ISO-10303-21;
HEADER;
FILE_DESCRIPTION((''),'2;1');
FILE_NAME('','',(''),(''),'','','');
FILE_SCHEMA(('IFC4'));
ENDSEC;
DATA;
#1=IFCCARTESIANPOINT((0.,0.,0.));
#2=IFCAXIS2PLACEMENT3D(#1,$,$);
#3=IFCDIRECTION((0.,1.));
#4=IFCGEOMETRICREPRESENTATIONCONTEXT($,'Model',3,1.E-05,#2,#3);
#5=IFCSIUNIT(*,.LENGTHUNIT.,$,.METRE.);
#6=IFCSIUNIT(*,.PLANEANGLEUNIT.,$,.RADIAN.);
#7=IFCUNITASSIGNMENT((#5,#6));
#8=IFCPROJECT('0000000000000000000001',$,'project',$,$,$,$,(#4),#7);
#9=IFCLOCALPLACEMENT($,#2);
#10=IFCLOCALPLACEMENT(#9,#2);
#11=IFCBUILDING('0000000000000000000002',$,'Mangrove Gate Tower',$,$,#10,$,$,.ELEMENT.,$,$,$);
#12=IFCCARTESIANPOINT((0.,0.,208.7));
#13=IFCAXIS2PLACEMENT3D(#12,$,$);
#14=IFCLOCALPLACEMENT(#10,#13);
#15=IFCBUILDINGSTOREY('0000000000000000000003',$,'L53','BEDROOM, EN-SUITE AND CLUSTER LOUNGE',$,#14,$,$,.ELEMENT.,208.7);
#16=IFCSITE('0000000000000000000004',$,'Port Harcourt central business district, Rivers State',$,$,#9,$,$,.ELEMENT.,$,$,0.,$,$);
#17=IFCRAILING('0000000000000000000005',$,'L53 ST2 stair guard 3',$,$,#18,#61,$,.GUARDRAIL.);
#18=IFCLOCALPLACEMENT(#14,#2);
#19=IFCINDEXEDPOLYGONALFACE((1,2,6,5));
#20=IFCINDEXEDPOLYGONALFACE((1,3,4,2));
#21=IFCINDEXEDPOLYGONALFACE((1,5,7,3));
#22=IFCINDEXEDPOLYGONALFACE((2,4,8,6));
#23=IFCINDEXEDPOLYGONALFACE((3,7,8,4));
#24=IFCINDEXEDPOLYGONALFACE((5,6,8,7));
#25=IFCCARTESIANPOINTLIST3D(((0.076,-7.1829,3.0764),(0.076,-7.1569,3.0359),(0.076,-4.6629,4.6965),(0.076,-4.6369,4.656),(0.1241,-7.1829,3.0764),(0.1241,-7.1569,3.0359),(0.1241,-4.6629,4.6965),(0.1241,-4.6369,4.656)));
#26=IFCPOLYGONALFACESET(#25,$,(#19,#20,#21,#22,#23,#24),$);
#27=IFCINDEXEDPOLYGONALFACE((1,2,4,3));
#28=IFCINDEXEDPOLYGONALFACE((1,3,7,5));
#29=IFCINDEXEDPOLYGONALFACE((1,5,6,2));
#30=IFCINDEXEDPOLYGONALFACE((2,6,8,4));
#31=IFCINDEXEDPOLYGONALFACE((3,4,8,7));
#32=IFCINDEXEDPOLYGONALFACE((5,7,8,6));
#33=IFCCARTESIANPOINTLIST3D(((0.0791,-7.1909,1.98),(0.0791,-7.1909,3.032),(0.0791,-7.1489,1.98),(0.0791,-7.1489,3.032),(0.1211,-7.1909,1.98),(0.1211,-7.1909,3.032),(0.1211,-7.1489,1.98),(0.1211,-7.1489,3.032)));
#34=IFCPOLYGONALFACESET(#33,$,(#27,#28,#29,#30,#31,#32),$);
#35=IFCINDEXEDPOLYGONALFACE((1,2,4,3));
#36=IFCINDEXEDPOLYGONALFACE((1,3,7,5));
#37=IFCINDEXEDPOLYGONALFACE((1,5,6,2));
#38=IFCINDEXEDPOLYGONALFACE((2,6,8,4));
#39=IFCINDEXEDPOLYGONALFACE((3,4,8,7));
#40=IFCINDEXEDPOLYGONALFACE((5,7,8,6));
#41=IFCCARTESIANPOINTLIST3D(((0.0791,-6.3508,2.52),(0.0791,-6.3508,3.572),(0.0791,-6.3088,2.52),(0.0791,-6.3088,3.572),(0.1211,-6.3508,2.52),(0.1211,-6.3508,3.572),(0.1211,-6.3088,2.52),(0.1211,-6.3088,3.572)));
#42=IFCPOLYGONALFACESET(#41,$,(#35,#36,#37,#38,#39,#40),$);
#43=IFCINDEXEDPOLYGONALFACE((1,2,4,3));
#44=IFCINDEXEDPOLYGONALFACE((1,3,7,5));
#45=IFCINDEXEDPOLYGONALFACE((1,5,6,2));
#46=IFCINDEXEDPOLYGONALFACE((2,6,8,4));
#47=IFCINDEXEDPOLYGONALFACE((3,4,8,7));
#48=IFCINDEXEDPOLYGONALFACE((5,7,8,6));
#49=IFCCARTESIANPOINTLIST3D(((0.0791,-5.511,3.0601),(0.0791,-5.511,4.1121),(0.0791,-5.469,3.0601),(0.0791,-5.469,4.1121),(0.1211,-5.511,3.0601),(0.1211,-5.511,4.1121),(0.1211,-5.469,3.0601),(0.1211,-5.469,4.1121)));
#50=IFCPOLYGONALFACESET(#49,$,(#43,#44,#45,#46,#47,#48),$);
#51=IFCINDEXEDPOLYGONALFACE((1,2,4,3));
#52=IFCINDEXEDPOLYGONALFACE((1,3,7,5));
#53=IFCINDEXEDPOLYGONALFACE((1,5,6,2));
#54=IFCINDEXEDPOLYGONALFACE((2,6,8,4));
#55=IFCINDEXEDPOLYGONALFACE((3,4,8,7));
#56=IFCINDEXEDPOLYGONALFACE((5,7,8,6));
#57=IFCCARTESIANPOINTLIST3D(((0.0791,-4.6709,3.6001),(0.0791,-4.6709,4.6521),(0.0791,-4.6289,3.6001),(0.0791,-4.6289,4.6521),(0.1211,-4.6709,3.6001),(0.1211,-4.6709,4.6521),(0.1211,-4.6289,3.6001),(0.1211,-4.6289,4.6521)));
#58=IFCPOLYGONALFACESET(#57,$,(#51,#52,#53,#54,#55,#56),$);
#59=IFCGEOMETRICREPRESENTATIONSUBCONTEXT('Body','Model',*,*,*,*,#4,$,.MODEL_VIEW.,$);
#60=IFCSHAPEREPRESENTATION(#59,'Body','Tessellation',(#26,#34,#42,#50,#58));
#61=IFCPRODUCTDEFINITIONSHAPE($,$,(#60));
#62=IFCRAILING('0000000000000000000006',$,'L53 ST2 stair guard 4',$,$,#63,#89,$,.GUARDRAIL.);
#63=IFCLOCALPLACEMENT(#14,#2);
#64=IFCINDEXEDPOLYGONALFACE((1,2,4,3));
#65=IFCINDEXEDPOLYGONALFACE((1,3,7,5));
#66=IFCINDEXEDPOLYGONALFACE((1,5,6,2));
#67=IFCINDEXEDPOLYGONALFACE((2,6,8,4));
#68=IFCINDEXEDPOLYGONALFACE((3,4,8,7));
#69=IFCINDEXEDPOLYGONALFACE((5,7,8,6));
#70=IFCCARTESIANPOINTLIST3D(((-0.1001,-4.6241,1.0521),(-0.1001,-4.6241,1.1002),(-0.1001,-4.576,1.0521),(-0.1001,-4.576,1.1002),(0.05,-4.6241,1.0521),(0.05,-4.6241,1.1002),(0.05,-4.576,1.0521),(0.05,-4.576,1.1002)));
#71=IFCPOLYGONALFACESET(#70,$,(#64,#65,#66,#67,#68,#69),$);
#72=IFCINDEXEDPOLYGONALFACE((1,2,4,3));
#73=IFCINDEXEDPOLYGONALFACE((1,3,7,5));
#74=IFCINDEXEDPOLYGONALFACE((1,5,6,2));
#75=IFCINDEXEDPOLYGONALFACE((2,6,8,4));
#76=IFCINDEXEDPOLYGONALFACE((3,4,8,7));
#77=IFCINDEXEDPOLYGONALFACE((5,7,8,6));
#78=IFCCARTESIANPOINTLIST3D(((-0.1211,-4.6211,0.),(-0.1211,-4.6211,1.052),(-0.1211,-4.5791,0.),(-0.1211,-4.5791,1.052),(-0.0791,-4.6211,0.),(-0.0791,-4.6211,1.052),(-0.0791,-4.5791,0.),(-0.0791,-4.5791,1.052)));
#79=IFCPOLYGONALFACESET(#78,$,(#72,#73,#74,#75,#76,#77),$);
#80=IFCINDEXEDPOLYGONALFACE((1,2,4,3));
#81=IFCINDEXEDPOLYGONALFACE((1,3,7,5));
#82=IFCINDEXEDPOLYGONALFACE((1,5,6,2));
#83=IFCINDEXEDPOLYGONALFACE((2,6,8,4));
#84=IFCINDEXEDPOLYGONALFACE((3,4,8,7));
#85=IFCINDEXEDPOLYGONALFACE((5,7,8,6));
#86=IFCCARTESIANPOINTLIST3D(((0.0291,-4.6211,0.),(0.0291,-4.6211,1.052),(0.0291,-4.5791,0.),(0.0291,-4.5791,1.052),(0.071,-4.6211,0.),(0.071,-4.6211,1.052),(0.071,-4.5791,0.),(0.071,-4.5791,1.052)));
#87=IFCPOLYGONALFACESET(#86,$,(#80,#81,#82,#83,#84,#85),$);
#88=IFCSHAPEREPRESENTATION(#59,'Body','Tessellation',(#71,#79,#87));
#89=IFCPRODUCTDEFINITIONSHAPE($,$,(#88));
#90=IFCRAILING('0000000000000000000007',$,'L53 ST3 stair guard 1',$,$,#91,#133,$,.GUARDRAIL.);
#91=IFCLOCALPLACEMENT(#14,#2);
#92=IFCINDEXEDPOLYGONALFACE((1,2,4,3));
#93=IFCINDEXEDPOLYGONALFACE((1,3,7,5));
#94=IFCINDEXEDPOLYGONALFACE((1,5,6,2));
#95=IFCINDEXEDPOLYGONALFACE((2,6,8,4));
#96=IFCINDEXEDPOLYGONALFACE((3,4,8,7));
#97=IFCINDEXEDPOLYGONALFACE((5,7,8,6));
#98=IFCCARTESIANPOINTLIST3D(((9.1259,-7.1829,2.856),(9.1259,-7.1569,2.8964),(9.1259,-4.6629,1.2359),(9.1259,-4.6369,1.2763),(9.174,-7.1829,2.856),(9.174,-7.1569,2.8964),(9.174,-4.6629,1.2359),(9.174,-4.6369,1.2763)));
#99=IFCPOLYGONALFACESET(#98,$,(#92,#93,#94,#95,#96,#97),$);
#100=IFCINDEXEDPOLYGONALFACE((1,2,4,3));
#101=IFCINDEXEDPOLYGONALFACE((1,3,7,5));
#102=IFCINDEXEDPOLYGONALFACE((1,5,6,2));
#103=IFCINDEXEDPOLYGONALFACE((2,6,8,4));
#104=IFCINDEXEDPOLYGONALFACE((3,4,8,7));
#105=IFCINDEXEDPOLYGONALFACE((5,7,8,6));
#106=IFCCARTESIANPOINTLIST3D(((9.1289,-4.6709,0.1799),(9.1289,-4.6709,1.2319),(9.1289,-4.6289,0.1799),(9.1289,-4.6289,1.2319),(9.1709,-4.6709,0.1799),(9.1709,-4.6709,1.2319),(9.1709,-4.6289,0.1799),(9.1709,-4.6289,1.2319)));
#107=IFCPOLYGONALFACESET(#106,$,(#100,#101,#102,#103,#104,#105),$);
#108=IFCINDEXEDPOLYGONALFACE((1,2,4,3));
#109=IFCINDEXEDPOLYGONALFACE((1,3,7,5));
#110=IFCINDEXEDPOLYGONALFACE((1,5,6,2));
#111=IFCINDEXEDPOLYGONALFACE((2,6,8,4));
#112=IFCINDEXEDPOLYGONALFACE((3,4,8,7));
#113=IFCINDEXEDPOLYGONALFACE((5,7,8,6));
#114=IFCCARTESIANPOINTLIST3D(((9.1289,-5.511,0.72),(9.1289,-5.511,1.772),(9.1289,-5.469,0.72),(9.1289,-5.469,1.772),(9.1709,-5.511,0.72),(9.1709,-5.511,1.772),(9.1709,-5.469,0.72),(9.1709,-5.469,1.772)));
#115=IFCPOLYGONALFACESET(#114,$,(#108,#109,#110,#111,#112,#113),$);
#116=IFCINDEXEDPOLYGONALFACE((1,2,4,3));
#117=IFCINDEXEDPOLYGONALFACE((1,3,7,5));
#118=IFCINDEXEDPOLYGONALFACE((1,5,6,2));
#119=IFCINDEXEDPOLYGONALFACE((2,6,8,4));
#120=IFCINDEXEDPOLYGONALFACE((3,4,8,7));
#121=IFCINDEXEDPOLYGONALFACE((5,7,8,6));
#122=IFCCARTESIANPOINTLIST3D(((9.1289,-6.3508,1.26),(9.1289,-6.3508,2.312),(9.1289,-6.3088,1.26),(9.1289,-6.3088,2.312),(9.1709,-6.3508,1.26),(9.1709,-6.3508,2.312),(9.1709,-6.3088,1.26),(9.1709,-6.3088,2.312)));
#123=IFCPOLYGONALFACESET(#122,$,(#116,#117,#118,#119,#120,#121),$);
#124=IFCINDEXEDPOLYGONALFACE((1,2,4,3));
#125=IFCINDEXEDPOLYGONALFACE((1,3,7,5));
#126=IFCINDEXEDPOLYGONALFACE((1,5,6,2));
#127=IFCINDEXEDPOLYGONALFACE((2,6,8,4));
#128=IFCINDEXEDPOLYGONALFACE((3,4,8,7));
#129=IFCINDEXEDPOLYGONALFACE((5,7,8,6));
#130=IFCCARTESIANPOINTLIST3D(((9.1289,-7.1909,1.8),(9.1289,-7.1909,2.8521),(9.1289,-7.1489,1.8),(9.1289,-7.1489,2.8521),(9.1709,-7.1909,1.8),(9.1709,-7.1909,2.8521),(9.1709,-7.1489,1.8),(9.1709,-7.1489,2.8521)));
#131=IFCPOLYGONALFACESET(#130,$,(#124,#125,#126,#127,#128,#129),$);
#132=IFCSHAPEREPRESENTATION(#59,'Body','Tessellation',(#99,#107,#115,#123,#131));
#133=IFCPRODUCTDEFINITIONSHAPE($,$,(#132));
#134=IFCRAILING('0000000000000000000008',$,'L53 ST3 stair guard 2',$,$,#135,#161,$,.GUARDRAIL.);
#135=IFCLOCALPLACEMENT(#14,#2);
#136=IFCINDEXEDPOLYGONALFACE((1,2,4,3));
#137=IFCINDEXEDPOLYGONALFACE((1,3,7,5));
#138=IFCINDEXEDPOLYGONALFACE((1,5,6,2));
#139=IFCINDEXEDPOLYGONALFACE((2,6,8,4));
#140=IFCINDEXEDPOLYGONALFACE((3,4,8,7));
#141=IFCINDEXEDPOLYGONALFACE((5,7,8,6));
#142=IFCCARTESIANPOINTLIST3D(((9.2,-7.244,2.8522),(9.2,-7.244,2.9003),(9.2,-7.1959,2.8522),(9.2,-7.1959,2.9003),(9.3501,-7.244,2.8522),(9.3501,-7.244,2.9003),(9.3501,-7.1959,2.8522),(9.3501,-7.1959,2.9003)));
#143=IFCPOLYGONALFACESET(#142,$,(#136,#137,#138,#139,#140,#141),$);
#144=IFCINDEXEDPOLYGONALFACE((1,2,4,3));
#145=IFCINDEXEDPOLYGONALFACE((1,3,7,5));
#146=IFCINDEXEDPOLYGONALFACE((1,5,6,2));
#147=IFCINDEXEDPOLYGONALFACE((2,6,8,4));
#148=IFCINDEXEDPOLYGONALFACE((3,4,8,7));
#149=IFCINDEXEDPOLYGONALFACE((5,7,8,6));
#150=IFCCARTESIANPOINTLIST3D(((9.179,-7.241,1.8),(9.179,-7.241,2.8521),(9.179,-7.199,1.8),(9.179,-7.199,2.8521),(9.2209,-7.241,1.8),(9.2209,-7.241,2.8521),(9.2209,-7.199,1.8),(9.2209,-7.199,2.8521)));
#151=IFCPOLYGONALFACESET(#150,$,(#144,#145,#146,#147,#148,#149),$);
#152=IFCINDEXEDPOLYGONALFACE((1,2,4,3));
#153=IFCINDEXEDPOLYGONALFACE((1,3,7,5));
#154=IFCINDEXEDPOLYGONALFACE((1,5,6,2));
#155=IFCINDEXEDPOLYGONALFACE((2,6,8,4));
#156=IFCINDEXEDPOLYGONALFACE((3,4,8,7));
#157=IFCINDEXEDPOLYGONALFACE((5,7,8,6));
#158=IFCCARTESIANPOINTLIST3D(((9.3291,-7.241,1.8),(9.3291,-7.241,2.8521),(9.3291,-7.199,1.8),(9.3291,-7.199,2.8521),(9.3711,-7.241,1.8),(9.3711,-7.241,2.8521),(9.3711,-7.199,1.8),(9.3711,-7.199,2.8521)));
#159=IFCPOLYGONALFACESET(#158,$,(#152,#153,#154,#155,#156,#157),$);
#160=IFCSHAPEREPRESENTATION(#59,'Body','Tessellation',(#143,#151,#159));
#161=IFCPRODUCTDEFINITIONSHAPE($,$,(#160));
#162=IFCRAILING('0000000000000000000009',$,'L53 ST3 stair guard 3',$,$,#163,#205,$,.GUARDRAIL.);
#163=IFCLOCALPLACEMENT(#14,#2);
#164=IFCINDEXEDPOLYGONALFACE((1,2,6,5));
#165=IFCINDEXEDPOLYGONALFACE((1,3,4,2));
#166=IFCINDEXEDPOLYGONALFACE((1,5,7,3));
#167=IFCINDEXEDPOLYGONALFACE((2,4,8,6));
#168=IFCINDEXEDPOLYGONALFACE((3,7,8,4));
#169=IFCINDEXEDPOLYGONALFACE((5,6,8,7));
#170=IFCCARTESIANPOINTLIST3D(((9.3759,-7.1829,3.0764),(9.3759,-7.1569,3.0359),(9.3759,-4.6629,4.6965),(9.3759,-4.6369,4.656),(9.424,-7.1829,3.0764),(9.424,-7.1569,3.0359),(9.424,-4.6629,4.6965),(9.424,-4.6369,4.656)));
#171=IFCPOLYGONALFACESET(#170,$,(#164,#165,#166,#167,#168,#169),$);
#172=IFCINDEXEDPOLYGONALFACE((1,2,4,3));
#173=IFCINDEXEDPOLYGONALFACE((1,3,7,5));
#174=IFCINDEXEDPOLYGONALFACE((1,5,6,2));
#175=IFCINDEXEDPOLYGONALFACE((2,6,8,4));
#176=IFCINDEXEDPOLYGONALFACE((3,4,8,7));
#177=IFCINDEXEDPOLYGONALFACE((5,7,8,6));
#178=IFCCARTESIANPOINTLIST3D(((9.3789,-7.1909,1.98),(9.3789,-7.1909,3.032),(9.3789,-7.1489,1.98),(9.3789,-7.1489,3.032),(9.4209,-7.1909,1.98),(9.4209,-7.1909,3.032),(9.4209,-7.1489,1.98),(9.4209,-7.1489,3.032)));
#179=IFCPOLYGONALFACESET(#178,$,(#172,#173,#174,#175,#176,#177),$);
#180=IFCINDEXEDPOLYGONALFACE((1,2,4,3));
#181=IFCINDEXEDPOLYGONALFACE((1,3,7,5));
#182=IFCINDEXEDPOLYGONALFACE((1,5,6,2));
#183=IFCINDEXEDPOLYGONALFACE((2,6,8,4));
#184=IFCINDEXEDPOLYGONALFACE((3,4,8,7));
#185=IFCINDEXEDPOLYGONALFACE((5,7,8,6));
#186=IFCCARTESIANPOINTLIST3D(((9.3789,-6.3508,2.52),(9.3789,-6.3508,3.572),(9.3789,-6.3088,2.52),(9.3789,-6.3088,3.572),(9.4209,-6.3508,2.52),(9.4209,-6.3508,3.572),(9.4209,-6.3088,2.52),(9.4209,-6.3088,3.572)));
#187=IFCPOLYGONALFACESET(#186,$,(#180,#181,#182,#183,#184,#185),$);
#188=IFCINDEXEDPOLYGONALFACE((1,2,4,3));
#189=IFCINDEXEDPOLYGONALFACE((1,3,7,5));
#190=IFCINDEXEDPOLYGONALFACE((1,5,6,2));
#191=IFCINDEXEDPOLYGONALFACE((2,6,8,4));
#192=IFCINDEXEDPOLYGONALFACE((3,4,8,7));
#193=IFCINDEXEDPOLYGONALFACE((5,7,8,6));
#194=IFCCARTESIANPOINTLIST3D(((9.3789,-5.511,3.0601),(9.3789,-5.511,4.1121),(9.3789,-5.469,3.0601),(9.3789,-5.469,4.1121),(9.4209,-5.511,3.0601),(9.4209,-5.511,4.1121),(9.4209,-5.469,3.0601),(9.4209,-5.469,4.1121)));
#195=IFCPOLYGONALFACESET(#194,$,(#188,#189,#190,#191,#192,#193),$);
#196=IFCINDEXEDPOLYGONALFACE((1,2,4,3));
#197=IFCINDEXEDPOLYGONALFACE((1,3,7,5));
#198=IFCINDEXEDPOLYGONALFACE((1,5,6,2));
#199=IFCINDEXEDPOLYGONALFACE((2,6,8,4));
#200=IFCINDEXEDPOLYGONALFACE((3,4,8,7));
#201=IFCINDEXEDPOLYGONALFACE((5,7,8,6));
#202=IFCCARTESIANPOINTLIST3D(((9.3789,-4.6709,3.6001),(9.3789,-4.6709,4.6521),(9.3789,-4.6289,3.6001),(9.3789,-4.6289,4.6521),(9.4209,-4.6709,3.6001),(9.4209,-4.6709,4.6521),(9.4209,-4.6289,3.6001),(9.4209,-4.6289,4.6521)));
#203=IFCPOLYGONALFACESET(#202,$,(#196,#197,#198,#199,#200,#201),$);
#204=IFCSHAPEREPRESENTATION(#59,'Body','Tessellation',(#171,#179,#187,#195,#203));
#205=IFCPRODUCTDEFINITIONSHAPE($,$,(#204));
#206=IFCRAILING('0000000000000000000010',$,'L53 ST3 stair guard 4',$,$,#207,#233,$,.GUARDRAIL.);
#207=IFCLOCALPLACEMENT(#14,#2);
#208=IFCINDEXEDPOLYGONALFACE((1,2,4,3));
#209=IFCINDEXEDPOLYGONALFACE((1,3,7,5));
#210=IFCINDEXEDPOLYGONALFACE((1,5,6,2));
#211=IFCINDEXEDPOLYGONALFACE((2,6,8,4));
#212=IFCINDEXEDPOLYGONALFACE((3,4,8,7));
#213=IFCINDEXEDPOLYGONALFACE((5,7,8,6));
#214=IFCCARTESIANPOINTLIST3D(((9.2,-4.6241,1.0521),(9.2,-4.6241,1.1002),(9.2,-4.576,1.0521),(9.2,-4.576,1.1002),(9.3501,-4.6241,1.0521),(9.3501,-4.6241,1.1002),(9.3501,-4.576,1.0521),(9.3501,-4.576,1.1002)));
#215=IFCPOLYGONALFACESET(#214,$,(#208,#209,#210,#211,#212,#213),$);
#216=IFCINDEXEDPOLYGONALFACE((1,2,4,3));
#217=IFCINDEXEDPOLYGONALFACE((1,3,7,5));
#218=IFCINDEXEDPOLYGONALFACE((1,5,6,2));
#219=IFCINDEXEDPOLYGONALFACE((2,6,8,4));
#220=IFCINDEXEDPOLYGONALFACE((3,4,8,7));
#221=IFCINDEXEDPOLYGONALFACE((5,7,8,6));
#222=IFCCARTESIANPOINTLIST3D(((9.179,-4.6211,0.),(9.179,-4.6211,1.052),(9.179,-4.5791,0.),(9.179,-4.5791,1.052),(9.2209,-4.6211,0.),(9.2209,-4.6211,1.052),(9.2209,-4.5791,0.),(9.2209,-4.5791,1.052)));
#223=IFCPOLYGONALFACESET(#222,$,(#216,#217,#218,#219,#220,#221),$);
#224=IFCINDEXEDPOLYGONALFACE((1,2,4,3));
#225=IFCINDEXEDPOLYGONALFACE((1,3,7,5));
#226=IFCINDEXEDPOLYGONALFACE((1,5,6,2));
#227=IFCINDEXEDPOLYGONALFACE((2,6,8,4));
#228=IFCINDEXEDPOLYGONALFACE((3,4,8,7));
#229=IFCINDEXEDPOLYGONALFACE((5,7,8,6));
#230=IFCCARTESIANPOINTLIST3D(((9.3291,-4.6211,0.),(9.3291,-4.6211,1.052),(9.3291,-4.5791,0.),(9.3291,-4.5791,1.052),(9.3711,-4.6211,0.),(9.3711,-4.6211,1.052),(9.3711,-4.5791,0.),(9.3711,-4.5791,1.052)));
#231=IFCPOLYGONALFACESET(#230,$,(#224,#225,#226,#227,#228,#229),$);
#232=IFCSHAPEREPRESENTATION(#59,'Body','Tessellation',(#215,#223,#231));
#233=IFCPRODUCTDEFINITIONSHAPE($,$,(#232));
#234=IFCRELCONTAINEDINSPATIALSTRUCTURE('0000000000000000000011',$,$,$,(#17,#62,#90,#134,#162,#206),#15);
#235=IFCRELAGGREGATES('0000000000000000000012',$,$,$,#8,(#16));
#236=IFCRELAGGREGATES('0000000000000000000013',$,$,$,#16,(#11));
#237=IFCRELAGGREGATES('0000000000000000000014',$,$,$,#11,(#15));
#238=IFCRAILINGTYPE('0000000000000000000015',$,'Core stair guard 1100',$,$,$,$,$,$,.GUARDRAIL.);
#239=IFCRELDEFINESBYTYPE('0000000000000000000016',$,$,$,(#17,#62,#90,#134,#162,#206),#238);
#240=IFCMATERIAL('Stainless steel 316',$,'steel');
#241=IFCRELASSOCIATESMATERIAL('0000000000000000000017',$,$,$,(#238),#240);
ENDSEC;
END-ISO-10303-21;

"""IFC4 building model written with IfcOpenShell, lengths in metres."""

from ifc_helpers import new_model, si_unit, direction, frame, origin, origin_2d, place, context, subcontext, project, spatial, rectangle, extrude, material, type_object, element, save


model = new_model("IFC4")

# Units and contexts
model_context = context("Model", 3, precision=1e-05, world=origin(), true_north=direction((0.0, 1.0)))
body_context = subcontext(model_context, "Body", "Model", "MODEL_VIEW")
ifc_project = project(units=[si_unit("LENGTHUNIT", "METRE"), si_unit("PLANEANGLEUNIT", "RADIAN")], contexts=[model_context])

# Site, building, storey
site_placement = place(None, origin())
site = spatial("IfcSite", under=ifc_project, at=site_placement, Name="Port Harcourt central business district, Rivers State", CompositionType="ELEMENT", RefElevation=0.0)
building_placement = place(site_placement, origin())
building = spatial("IfcBuilding", under=site, at=building_placement, Name="Mangrove Gate Tower", CompositionType="ELEMENT")
storey_placement = place(building_placement, frame((0.0, 0.0, 208.7)))
storey = spatial("IfcBuildingStorey", under=building, at=storey_placement, Name="L53", Description="BEDROOM, EN-SUITE AND CLUSTER LOUNGE", CompositionType="ELEMENT", Elevation=208.7)

# Railings
ifc_material_1 = material(Name="Stainless steel 316", Category="steel")
railing_type_1 = type_object("IfcRailingType", Name="Core stair guard 1100", PredefinedType="GUARDRAIL", material=ifc_material_1)
railing_1_placement = place(storey_placement, frame((0.1001, -7.1699, 1.98)))
element("IfcRailing", 1, at=railing_1_placement, inside=storey, type_object=railing_type_1, Name="L53 ST2 stair guard 3", PredefinedType="GUARDRAIL", context=body_context, shape_type="SweptSolid", body=[
    extrude(rectangle(XDim=0.0481, YDim=0.0481, at=origin_2d()), frame((0.0, 0.0, 1.0762), z_axis=(0.0, 0.841163, 0.540782), x_axis=(-1.0, 0.0, 0.0)), (0.0, 0.0, 1.0), 2.9958),
    extrude(rectangle(XDim=0.042, YDim=0.042, at=origin_2d()), origin(), (0.0, 0.0, 1.0), 1.052),
    extrude(rectangle(XDim=0.042, YDim=0.042, at=origin_2d()), frame((0.0, 0.8401, 0.54)), (0.0, 0.0, 1.0), 1.052),
    extrude(rectangle(XDim=0.042, YDim=0.042, at=origin_2d()), frame((0.0, 1.6799, 1.0801)), (0.0, 0.0, 1.0), 1.052),
    extrude(rectangle(XDim=0.042, YDim=0.042, at=origin_2d()), frame((0.0, 2.52, 1.6201)), (0.0, 0.0, 1.0), 1.052),
])
railing_2_placement = place(storey_placement, frame((-0.1001, -4.6001, 0.0)))
element("IfcRailing", 2, at=railing_2_placement, inside=storey, type_object=railing_type_1, Name="L53 ST2 stair guard 4", PredefinedType="GUARDRAIL", context=body_context, shape_type="SweptSolid", body=[
    extrude(rectangle(XDim=0.0481, YDim=0.0481, at=origin_2d()), frame((0.0, 0.0, 1.0762), z_axis=(1.0, 0.0, 0.0), x_axis=(0.0, 1.0, 0.0)), (0.0, 0.0, 1.0), 0.1501),
    extrude(rectangle(XDim=0.042, YDim=0.042, at=origin_2d()), origin(), (0.0, 0.0, 1.0), 1.052),
    extrude(rectangle(XDim=0.042, YDim=0.042, at=origin_2d()), frame((0.1501, 0.0, 0.0)), (0.0, 0.0, 1.0), 1.052),
])
railing_3_placement = place(storey_placement, frame((9.1499, -4.6499, 0.1799)))
element("IfcRailing", 3, at=railing_3_placement, inside=storey, type_object=railing_type_1, Name="L53 ST3 stair guard 1", PredefinedType="GUARDRAIL", context=body_context, shape_type="SweptSolid", body=[
    extrude(rectangle(XDim=0.0481, YDim=0.0481, at=origin_2d()), frame((0.0, 0.0, 1.0762), z_axis=(0.0, -0.841163, 0.540782), x_axis=(1.0, 0.0, 0.0)), (0.0, 0.0, 1.0), 2.9958),
    extrude(rectangle(XDim=0.042, YDim=0.042, at=origin_2d()), origin(), (0.0, 0.0, 1.0), 1.052),
    extrude(rectangle(XDim=0.042, YDim=0.042, at=origin_2d()), frame((0.0, -0.8401, 0.54)), (0.0, 0.0, 1.0), 1.052),
    extrude(rectangle(XDim=0.042, YDim=0.042, at=origin_2d()), frame((0.0, -1.6799, 1.0801)), (0.0, 0.0, 1.0), 1.052),
    extrude(rectangle(XDim=0.042, YDim=0.042, at=origin_2d()), frame((0.0, -2.52, 1.6201)), (0.0, 0.0, 1.0), 1.052),
])
railing_4_placement = place(storey_placement, frame((9.2, -7.22, 1.8)))
element("IfcRailing", 4, at=railing_4_placement, inside=storey, type_object=railing_type_1, Name="L53 ST3 stair guard 2", PredefinedType="GUARDRAIL", context=body_context, shape_type="SweptSolid", body=[
    extrude(rectangle(XDim=0.0481, YDim=0.0481, at=origin_2d()), frame((0.0, 0.0, 1.0762), z_axis=(1.0, 0.0, 0.0), x_axis=(0.0, 1.0, 0.0)), (0.0, 0.0, 1.0), 0.1501),
    extrude(rectangle(XDim=0.042, YDim=0.042, at=origin_2d()), origin(), (0.0, 0.0, 1.0), 1.052),
    extrude(rectangle(XDim=0.042, YDim=0.042, at=origin_2d()), frame((0.1501, 0.0, 0.0)), (0.0, 0.0, 1.0), 1.052),
])
railing_5_placement = place(storey_placement, frame((9.3999, -7.1699, 1.98)))
element("IfcRailing", 5, at=railing_5_placement, inside=storey, type_object=railing_type_1, Name="L53 ST3 stair guard 3", PredefinedType="GUARDRAIL", context=body_context, shape_type="SweptSolid", body=[
    extrude(rectangle(XDim=0.0481, YDim=0.0481, at=origin_2d()), frame((0.0, 0.0, 1.0762), z_axis=(0.0, 0.841163, 0.540782), x_axis=(-1.0, 0.0, 0.0)), (0.0, 0.0, 1.0), 2.9958),
    extrude(rectangle(XDim=0.042, YDim=0.042, at=origin_2d()), origin(), (0.0, 0.0, 1.0), 1.052),
    extrude(rectangle(XDim=0.042, YDim=0.042, at=origin_2d()), frame((0.0, 0.8401, 0.54)), (0.0, 0.0, 1.0), 1.052),
    extrude(rectangle(XDim=0.042, YDim=0.042, at=origin_2d()), frame((0.0, 1.6799, 1.0801)), (0.0, 0.0, 1.0), 1.052),
    extrude(rectangle(XDim=0.042, YDim=0.042, at=origin_2d()), frame((0.0, 2.52, 1.6201)), (0.0, 0.0, 1.0), 1.052),
])
railing_6_placement = place(storey_placement, frame((9.2, -4.6001, 0.0)))
element("IfcRailing", 6, at=railing_6_placement, inside=storey, type_object=railing_type_1, Name="L53 ST3 stair guard 4", PredefinedType="GUARDRAIL", context=body_context, shape_type="SweptSolid", body=[
    extrude(rectangle(XDim=0.0481, YDim=0.0481, at=origin_2d()), frame((0.0, 0.0, 1.0762), z_axis=(1.0, 0.0, 0.0), x_axis=(0.0, 1.0, 0.0)), (0.0, 0.0, 1.0), 0.1501),
    extrude(rectangle(XDim=0.042, YDim=0.042, at=origin_2d()), origin(), (0.0, 0.0, 1.0), 1.052),
    extrude(rectangle(XDim=0.042, YDim=0.042, at=origin_2d()), frame((0.1501, 0.0, 0.0)), (0.0, 0.0, 1.0), 1.052),
])

save(model, "model.ifc")
